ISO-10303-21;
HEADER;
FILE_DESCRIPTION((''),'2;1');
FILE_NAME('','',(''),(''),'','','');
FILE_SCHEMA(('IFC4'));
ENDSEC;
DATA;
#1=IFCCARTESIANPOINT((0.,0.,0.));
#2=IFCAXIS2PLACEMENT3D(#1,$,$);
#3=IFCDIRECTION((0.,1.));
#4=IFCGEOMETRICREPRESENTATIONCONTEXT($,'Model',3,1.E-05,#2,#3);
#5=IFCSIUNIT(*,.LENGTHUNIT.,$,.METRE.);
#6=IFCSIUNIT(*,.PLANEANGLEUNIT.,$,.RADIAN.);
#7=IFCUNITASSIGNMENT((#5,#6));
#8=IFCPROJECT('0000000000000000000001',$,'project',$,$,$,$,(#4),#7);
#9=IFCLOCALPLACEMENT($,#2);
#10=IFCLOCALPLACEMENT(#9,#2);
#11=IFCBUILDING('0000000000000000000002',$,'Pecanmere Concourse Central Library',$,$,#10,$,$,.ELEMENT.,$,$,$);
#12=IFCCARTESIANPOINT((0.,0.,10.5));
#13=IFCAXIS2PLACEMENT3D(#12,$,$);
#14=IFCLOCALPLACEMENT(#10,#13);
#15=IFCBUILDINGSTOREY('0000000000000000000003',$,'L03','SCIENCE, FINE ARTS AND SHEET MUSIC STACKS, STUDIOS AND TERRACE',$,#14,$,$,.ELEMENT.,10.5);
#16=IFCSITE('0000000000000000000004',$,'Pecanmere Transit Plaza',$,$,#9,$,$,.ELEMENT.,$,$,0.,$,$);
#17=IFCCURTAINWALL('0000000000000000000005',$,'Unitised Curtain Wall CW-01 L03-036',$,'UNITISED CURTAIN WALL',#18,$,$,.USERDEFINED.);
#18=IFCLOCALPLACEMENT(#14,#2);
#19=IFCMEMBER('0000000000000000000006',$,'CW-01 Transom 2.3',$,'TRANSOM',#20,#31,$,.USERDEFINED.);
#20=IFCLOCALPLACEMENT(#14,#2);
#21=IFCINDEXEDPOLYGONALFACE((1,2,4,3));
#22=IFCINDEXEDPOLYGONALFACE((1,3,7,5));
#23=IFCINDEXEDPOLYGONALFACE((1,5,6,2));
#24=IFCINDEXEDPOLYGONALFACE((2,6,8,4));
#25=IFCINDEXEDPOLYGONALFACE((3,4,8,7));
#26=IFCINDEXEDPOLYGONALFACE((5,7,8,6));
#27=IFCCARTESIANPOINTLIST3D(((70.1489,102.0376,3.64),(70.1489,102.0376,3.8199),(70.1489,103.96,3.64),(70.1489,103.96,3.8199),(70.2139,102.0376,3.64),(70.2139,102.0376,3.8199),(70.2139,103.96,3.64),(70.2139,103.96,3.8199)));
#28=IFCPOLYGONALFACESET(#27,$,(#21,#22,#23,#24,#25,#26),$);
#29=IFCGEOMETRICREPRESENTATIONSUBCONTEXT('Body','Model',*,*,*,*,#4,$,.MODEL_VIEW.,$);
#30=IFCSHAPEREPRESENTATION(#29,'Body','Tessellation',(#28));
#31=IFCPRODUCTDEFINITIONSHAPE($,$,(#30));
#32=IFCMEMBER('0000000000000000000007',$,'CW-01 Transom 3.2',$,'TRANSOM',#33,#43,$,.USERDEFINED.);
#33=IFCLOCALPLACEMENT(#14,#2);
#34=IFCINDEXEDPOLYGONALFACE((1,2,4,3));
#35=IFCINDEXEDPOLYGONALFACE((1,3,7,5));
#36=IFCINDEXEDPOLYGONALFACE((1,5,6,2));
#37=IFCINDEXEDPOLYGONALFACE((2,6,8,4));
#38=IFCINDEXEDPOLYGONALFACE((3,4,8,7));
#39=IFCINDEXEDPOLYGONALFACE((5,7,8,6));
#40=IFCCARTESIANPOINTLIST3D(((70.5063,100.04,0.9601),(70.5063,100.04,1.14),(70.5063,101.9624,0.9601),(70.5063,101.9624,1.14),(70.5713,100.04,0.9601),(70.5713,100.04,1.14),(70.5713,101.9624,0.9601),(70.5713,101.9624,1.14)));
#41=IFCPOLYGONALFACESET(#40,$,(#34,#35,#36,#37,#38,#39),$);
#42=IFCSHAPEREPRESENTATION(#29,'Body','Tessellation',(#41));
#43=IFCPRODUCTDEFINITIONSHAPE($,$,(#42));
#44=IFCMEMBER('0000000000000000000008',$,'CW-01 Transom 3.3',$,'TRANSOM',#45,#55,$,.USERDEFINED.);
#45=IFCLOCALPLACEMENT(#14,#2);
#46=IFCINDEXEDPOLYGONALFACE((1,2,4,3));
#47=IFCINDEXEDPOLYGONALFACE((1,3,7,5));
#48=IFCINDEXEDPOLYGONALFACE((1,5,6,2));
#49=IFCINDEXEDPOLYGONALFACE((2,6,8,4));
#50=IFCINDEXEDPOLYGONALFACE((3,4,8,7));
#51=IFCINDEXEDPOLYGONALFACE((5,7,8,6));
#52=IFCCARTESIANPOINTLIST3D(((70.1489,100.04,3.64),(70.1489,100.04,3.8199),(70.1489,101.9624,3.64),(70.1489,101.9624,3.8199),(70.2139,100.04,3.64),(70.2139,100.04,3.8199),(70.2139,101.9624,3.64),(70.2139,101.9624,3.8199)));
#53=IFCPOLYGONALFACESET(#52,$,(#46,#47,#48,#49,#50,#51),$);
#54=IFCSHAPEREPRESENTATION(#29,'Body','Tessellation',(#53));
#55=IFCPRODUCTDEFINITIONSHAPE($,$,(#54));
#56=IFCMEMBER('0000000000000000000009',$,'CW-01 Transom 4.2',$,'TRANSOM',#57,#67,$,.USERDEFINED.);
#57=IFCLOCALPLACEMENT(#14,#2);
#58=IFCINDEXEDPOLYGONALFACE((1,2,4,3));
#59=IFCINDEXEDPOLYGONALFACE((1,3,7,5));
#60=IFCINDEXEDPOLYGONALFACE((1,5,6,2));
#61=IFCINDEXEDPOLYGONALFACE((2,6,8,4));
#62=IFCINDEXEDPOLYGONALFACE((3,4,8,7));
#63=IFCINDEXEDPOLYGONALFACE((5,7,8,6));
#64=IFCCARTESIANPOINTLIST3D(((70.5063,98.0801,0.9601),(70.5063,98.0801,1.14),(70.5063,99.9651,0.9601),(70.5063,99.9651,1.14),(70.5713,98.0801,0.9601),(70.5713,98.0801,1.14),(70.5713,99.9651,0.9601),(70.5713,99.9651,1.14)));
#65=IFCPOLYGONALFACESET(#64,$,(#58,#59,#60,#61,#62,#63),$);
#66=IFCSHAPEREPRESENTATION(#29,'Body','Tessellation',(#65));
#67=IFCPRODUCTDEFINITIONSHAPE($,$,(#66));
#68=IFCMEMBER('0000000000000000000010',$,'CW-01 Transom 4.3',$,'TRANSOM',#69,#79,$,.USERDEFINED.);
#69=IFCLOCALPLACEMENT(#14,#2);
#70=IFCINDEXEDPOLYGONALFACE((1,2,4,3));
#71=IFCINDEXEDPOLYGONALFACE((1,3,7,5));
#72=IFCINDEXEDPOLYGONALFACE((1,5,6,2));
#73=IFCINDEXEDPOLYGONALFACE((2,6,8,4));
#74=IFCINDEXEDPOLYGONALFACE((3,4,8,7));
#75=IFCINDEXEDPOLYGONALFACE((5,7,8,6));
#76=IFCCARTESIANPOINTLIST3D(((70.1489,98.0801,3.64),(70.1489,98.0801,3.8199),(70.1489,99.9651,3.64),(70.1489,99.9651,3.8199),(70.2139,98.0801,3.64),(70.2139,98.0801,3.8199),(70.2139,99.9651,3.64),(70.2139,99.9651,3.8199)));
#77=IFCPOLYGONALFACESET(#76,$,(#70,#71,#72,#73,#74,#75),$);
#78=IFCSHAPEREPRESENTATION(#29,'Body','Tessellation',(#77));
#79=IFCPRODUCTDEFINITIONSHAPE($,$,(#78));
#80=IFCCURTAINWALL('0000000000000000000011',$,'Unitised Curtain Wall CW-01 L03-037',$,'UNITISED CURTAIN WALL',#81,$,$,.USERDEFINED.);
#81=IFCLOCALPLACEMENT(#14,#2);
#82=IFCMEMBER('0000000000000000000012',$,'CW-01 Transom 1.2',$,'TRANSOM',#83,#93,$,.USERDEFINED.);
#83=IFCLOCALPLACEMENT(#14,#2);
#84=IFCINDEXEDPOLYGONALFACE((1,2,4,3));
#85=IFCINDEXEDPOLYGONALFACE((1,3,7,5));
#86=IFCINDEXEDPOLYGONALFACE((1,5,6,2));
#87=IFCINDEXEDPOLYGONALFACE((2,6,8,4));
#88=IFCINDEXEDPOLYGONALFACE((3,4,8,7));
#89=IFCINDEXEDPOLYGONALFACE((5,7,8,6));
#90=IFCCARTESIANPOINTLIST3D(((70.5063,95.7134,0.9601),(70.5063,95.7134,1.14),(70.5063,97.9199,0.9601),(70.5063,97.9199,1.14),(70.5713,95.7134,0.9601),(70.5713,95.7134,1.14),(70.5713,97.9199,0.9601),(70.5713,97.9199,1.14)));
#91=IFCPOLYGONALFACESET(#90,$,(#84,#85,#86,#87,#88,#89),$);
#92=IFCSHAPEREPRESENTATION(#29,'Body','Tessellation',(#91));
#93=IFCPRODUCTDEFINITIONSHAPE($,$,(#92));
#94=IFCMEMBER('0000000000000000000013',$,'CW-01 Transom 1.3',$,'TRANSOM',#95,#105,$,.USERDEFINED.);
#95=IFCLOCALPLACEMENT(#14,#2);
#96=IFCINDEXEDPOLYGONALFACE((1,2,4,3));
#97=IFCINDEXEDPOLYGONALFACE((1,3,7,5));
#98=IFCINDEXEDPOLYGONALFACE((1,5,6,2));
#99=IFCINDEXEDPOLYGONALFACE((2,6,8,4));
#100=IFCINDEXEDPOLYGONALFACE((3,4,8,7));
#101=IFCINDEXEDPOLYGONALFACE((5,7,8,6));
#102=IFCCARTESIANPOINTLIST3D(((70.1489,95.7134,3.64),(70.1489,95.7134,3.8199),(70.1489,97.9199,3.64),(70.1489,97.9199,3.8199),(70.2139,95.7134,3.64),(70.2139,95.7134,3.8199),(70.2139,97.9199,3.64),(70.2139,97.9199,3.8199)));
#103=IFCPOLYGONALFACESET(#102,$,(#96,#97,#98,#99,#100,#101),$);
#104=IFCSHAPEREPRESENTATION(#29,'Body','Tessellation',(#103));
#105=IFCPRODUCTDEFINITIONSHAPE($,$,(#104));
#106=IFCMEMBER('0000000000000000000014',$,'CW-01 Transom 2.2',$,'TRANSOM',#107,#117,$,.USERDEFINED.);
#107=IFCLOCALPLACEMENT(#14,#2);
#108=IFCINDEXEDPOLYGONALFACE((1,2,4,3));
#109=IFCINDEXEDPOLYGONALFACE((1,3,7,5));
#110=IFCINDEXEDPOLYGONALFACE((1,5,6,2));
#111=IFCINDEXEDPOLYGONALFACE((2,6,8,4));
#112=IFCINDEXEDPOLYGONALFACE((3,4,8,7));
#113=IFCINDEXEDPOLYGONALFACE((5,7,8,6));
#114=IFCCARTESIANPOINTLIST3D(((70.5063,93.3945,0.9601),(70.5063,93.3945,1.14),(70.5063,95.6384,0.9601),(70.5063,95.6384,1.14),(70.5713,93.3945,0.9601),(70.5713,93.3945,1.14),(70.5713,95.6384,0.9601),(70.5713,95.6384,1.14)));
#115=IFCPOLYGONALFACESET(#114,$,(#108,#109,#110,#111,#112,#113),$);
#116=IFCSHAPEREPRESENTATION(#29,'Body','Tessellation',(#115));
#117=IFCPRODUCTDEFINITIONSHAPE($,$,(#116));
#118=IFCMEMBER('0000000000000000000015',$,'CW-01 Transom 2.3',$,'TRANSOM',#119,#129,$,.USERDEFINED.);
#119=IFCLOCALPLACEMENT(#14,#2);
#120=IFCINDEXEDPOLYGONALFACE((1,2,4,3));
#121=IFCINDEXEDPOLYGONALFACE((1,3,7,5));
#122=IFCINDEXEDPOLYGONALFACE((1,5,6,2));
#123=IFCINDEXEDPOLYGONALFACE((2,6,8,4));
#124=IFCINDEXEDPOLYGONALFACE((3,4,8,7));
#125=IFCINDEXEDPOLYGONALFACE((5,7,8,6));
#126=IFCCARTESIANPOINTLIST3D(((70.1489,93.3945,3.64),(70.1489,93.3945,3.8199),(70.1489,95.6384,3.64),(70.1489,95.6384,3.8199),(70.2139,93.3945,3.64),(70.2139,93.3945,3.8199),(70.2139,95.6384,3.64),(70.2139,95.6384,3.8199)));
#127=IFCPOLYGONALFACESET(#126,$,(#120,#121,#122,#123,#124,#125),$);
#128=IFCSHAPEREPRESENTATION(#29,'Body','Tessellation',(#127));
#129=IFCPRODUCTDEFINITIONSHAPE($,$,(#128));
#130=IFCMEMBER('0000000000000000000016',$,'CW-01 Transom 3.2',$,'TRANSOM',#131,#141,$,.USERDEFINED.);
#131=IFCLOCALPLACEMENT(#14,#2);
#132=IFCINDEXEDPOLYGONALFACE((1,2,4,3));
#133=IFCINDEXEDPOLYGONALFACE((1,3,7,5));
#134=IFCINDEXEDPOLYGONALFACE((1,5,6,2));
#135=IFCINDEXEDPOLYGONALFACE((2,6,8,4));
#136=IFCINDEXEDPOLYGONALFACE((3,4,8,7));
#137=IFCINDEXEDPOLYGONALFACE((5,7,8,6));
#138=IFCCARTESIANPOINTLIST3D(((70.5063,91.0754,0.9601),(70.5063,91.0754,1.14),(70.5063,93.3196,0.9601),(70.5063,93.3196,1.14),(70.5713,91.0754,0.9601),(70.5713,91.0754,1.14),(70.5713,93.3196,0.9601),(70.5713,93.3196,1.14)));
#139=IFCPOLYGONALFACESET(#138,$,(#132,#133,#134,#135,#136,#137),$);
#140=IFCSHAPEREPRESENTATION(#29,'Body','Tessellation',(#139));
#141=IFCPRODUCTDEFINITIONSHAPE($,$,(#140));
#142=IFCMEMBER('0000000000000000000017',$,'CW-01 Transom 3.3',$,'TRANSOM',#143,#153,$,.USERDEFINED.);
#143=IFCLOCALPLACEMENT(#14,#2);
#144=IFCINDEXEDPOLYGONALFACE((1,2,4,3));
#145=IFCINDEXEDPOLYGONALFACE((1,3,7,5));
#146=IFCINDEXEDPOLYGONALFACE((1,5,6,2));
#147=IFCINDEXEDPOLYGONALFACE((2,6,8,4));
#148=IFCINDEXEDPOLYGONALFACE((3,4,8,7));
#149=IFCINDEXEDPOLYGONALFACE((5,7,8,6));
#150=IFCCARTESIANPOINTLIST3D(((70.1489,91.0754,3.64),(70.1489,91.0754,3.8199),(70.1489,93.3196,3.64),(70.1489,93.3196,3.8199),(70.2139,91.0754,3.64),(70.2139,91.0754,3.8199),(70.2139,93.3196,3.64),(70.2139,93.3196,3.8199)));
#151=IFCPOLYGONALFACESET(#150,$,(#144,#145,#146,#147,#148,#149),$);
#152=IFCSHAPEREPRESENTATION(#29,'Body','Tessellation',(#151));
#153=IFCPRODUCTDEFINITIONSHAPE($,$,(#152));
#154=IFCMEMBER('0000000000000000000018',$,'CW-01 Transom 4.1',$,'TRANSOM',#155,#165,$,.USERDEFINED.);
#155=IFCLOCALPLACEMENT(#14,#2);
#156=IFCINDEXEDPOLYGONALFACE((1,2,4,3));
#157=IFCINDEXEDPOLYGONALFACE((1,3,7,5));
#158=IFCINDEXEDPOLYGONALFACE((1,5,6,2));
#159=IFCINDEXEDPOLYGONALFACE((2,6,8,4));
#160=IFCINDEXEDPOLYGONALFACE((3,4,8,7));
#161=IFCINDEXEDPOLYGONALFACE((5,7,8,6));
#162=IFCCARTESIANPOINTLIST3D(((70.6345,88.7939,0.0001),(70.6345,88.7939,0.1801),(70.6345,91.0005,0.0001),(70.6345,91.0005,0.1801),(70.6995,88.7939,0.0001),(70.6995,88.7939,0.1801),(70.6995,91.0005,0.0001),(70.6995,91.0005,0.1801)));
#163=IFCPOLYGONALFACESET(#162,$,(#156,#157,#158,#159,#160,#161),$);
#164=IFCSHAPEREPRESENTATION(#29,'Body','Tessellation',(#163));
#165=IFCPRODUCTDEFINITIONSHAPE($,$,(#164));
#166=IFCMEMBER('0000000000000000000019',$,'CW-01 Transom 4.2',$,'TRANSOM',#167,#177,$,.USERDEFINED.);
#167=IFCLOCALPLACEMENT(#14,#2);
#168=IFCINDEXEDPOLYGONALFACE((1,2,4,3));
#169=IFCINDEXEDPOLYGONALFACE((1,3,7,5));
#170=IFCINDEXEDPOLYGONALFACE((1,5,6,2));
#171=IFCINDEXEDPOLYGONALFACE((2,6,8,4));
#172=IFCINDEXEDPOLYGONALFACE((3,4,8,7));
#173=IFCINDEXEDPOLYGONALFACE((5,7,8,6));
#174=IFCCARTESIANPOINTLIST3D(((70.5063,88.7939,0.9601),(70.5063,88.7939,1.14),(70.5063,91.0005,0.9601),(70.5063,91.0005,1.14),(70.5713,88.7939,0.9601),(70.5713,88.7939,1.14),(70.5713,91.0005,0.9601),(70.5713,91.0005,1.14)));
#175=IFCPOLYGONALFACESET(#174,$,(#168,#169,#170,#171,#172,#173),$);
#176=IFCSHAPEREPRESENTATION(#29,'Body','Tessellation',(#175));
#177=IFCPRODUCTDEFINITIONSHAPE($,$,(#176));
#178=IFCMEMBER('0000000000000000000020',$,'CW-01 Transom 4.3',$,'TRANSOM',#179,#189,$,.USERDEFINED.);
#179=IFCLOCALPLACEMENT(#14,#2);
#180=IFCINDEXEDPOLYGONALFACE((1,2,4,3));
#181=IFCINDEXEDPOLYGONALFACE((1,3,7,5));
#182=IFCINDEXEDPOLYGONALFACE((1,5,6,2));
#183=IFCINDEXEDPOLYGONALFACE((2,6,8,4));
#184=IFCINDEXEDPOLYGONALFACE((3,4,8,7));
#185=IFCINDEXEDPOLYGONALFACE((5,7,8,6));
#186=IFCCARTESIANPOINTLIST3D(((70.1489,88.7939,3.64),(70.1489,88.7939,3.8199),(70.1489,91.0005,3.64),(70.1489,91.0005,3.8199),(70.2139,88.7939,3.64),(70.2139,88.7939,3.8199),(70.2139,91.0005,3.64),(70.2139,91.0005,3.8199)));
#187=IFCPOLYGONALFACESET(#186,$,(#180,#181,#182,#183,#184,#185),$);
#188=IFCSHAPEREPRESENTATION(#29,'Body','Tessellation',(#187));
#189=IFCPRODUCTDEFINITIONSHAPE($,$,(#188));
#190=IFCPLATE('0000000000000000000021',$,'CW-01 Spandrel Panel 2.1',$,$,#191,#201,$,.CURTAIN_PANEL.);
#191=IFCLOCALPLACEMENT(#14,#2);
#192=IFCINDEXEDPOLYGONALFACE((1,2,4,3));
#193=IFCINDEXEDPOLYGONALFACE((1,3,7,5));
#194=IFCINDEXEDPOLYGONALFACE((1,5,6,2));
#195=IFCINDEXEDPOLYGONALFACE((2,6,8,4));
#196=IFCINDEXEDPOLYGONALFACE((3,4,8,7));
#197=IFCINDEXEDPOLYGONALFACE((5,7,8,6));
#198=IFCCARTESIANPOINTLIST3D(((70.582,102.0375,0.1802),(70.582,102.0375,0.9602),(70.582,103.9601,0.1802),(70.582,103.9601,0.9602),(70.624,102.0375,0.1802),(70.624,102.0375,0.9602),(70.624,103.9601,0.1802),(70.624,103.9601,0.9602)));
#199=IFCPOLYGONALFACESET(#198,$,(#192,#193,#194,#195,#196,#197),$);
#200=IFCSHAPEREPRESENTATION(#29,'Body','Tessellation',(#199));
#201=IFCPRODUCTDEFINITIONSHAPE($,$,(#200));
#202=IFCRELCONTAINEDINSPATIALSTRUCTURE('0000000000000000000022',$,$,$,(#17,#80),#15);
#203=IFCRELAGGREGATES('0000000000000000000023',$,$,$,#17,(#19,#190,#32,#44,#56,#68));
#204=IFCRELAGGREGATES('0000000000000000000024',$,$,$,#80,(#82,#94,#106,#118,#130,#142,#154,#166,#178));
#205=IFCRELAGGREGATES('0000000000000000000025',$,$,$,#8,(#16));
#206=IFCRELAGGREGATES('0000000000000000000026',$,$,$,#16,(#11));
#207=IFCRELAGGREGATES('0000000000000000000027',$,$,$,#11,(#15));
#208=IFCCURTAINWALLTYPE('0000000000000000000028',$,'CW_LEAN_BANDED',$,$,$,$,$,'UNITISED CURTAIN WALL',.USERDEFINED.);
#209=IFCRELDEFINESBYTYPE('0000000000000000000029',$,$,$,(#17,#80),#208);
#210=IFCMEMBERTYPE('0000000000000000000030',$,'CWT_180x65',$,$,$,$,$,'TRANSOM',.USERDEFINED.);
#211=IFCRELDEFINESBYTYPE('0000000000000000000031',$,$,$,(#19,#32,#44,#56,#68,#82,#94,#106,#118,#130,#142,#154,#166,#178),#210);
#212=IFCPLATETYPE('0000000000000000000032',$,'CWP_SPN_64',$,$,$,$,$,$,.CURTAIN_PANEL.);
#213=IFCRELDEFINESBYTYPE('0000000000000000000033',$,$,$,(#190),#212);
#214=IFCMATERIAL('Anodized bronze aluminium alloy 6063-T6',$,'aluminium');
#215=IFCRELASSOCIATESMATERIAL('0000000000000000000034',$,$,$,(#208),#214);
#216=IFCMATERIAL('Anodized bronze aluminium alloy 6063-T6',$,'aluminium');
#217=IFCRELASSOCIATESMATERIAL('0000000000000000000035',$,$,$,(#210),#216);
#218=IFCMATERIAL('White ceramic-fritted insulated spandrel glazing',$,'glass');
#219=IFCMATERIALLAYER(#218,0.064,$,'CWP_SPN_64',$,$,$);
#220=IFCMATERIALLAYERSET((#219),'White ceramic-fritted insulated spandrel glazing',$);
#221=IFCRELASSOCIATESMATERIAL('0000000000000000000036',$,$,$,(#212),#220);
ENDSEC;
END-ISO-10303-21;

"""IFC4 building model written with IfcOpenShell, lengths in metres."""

from ifc_helpers import new_model, si_unit, direction, frame, origin, origin_2d, place, context, subcontext, project, spatial, rectangle, extrude, material, layer, layer_set, material_profile, profile_set, type_object, element, aggregate, save


model = new_model("IFC4")

# Units and contexts
model_context = context("Model", 3, precision=1e-05, world=origin(), true_north=direction((0.0, 1.0)))
body_context = subcontext(model_context, "Body", "Model", "MODEL_VIEW")
ifc_project = project(units=[si_unit("LENGTHUNIT", "METRE"), si_unit("PLANEANGLEUNIT", "RADIAN")], contexts=[model_context])

# Site, building, storey
site_placement = place(None, origin())
site = spatial("IfcSite", under=ifc_project, at=site_placement, Name="Pecanmere Transit Plaza", CompositionType="ELEMENT", RefElevation=0.0)
building_placement = place(site_placement, origin())
building = spatial("IfcBuilding", under=site, at=building_placement, Name="Pecanmere Concourse Central Library", CompositionType="ELEMENT")
storey_placement = place(building_placement, frame((0.0, 0.0, 10.5)))
storey = spatial("IfcBuildingStorey", under=building, at=storey_placement, Name="L03", Description="SCIENCE, FINE ARTS AND SHEET MUSIC STACKS, STUDIOS AND TERRACE", CompositionType="ELEMENT", Elevation=10.5)

# Curtain walls, members
ifc_material_1 = material(Name="Anodized bronze aluminium alloy 6063-T6", Category="aluminium")
curtain_wall_type = type_object("IfcCurtainWallType", Name="CW_LEAN_BANDED", ElementType="UNITISED CURTAIN WALL", PredefinedType="USERDEFINED", material=ifc_material_1)
curtain_wall_1_placement = place(storey_placement, origin())
curtain_wall_1 = element("IfcCurtainWall", 1, at=curtain_wall_1_placement, inside=storey, type_object=curtain_wall_type, Name="Unitised Curtain Wall CW-01 L03-036", ObjectType="UNITISED CURTAIN WALL", PredefinedType="USERDEFINED")
ifc_material_2 = material(Name="Anodized bronze aluminium alloy 6063-T6", Category="aluminium")
ifc_material_profile = material_profile(ifc_material_2, rectangle(XDim=0.0649, YDim=0.1799, at=origin_2d()), Name="AL 65x180")
ifc_profile_set = profile_set([ifc_material_profile], Name="Anodized bronze aluminium alloy 6063-T6")
member_type = type_object("IfcMemberType", Name="CWT_180x65", ElementType="TRANSOM", PredefinedType="USERDEFINED", material=ifc_profile_set)
member_1_placement = place(storey_placement, frame((70.1814, 103.96, 3.73), z_axis=(0.0, -1.0, 0.0), x_axis=(1.0, 0.0, 0.0)))
member_1 = element("IfcMember", 2, at=member_1_placement, type_object=member_type, Name="CW-01 Transom 2.3", ObjectType="TRANSOM", PredefinedType="USERDEFINED", context=body_context, shape_type="SweptSolid", body=[
    extrude(rectangle(XDim=0.0649, YDim=0.1799, at=origin_2d()), origin(), (0.0, 0.0, 1.0), 1.9224),
])
member_2_placement = place(storey_placement, frame((70.5388, 101.9624, 1.05), z_axis=(0.0, -1.0, 0.0), x_axis=(1.0, 0.0, 0.0)))
member_2 = element("IfcMember", 3, at=member_2_placement, type_object=member_type, Name="CW-01 Transom 3.2", ObjectType="TRANSOM", PredefinedType="USERDEFINED", context=body_context, shape_type="SweptSolid", body=[
    extrude(rectangle(XDim=0.0649, YDim=0.1799, at=origin_2d()), origin(), (0.0, 0.0, 1.0), 1.9224),
])
member_3_placement = place(storey_placement, frame((70.1814, 101.9624, 3.73), z_axis=(0.0, -1.0, 0.0), x_axis=(1.0, 0.0, 0.0)))
member_3 = element("IfcMember", 4, at=member_3_placement, type_object=member_type, Name="CW-01 Transom 3.3", ObjectType="TRANSOM", PredefinedType="USERDEFINED", context=body_context, shape_type="SweptSolid", body=[
    extrude(rectangle(XDim=0.0649, YDim=0.1799, at=origin_2d()), origin(), (0.0, 0.0, 1.0), 1.9224),
])
member_4_placement = place(storey_placement, frame((70.5388, 99.9651, 1.05), z_axis=(0.0, -1.0, 0.0), x_axis=(1.0, 0.0, 0.0)))
member_4 = element("IfcMember", 5, at=member_4_placement, type_object=member_type, Name="CW-01 Transom 4.2", ObjectType="TRANSOM", PredefinedType="USERDEFINED", context=body_context, shape_type="SweptSolid", body=[
    extrude(rectangle(XDim=0.0649, YDim=0.1799, at=origin_2d()), origin(), (0.0, 0.0, 1.0), 1.885),
])
member_5_placement = place(storey_placement, frame((70.1814, 99.9651, 3.73), z_axis=(0.0, -1.0, 0.0), x_axis=(1.0, 0.0, 0.0)))
member_5 = element("IfcMember", 6, at=member_5_placement, type_object=member_type, Name="CW-01 Transom 4.3", ObjectType="TRANSOM", PredefinedType="USERDEFINED", context=body_context, shape_type="SweptSolid", body=[
    extrude(rectangle(XDim=0.0649, YDim=0.1799, at=origin_2d()), origin(), (0.0, 0.0, 1.0), 1.885),
])
curtain_wall_2_placement = place(storey_placement, origin())
curtain_wall_2 = element("IfcCurtainWall", 7, at=curtain_wall_2_placement, inside=storey, type_object=curtain_wall_type, Name="Unitised Curtain Wall CW-01 L03-037", ObjectType="UNITISED CURTAIN WALL", PredefinedType="USERDEFINED")
member_6_placement = place(storey_placement, frame((70.5388, 97.9199, 1.05), z_axis=(0.0, -1.0, 0.0), x_axis=(1.0, 0.0, 0.0)))
member_6 = element("IfcMember", 8, at=member_6_placement, type_object=member_type, Name="CW-01 Transom 1.2", ObjectType="TRANSOM", PredefinedType="USERDEFINED", context=body_context, shape_type="SweptSolid", body=[
    extrude(rectangle(XDim=0.0649, YDim=0.1799, at=origin_2d()), origin(), (0.0, 0.0, 1.0), 2.2065),
])
member_7_placement = place(storey_placement, frame((70.1814, 97.9199, 3.73), z_axis=(0.0, -1.0, 0.0), x_axis=(1.0, 0.0, 0.0)))
member_7 = element("IfcMember", 9, at=member_7_placement, type_object=member_type, Name="CW-01 Transom 1.3", ObjectType="TRANSOM", PredefinedType="USERDEFINED", context=body_context, shape_type="SweptSolid", body=[
    extrude(rectangle(XDim=0.0649, YDim=0.1799, at=origin_2d()), origin(), (0.0, 0.0, 1.0), 2.2065),
])
member_8_placement = place(storey_placement, frame((70.5388, 95.6384, 1.05), z_axis=(0.0, -1.0, 0.0), x_axis=(1.0, 0.0, 0.0)))
member_8 = element("IfcMember", 10, at=member_8_placement, type_object=member_type, Name="CW-01 Transom 2.2", ObjectType="TRANSOM", PredefinedType="USERDEFINED", context=body_context, shape_type="SweptSolid", body=[
    extrude(rectangle(XDim=0.0649, YDim=0.1799, at=origin_2d()), origin(), (0.0, 0.0, 1.0), 2.2439),
])
member_9_placement = place(storey_placement, frame((70.1814, 95.6384, 3.73), z_axis=(0.0, -1.0, 0.0), x_axis=(1.0, 0.0, 0.0)))
member_9 = element("IfcMember", 11, at=member_9_placement, type_object=member_type, Name="CW-01 Transom 2.3", ObjectType="TRANSOM", PredefinedType="USERDEFINED", context=body_context, shape_type="SweptSolid", body=[
    extrude(rectangle(XDim=0.0649, YDim=0.1799, at=origin_2d()), origin(), (0.0, 0.0, 1.0), 2.2439),
])
member_10_placement = place(storey_placement, frame((70.5388, 93.3196, 1.05), z_axis=(0.0, -1.0, 0.0), x_axis=(1.0, 0.0, 0.0)))
member_10 = element("IfcMember", 12, at=member_10_placement, type_object=member_type, Name="CW-01 Transom 3.2", ObjectType="TRANSOM", PredefinedType="USERDEFINED", context=body_context, shape_type="SweptSolid", body=[
    extrude(rectangle(XDim=0.0649, YDim=0.1799, at=origin_2d()), origin(), (0.0, 0.0, 1.0), 2.2441),
])
member_11_placement = place(storey_placement, frame((70.1814, 93.3196, 3.73), z_axis=(0.0, -1.0, 0.0), x_axis=(1.0, 0.0, 0.0)))
member_11 = element("IfcMember", 13, at=member_11_placement, type_object=member_type, Name="CW-01 Transom 3.3", ObjectType="TRANSOM", PredefinedType="USERDEFINED", context=body_context, shape_type="SweptSolid", body=[
    extrude(rectangle(XDim=0.0649, YDim=0.1799, at=origin_2d()), origin(), (0.0, 0.0, 1.0), 2.2441),
])
member_12_placement = place(storey_placement, frame((70.667, 91.0005, 0.0901), z_axis=(0.0, -1.0, 0.0), x_axis=(1.0, 0.0, 0.0)))
member_12 = element("IfcMember", 14, at=member_12_placement, type_object=member_type, Name="CW-01 Transom 4.1", ObjectType="TRANSOM", PredefinedType="USERDEFINED", context=body_context, shape_type="SweptSolid", body=[
    extrude(rectangle(XDim=0.0649, YDim=0.1799, at=origin_2d()), origin(), (0.0, 0.0, 1.0), 2.2065),
])
member_13_placement = place(storey_placement, frame((70.5388, 91.0005, 1.05), z_axis=(0.0, -1.0, 0.0), x_axis=(1.0, 0.0, 0.0)))
member_13 = element("IfcMember", 15, at=member_13_placement, type_object=member_type, Name="CW-01 Transom 4.2", ObjectType="TRANSOM", PredefinedType="USERDEFINED", context=body_context, shape_type="SweptSolid", body=[
    extrude(rectangle(XDim=0.0649, YDim=0.1799, at=origin_2d()), origin(), (0.0, 0.0, 1.0), 2.2065),
])
member_14_placement = place(storey_placement, frame((70.1814, 91.0005, 3.73), z_axis=(0.0, -1.0, 0.0), x_axis=(1.0, 0.0, 0.0)))
member_14 = element("IfcMember", 16, at=member_14_placement, type_object=member_type, Name="CW-01 Transom 4.3", ObjectType="TRANSOM", PredefinedType="USERDEFINED", context=body_context, shape_type="SweptSolid", body=[
    extrude(rectangle(XDim=0.0649, YDim=0.1799, at=origin_2d()), origin(), (0.0, 0.0, 1.0), 2.2065),
])

# Plate
ifc_material_3 = material(Name="White ceramic-fritted insulated spandrel glazing", Category="glass")
ifc_layer_1 = layer(ifc_material_3, 0.064, Name="CWP_SPN_64")
ifc_layer_set_1 = layer_set([ifc_layer_1], Name="White ceramic-fritted insulated spandrel glazing")
plate_type_1 = type_object("IfcPlateType", Name="CWP_SPN_64", PredefinedType="CURTAIN_PANEL", material=ifc_layer_set_1)
plate_1_placement = place(storey_placement, frame((70.603, 102.9988, 0.1802), z_axis=(0.0, 0.0, 1.0), x_axis=(0.0, -1.0, 0.0)))
plate_1 = element("IfcPlate", 17, at=plate_1_placement, type_object=plate_type_1, Name="CW-01 Spandrel Panel 2.1", PredefinedType="CURTAIN_PANEL", context=body_context, shape_type="SweptSolid", body=[
    extrude(rectangle(XDim=1.9226, YDim=0.042, at=origin_2d()), origin(), (0.0, 0.0, 1.0), 0.78),
])
aggregate(curtain_wall_1, [member_1, plate_1, member_2, member_3, member_4, member_5])
aggregate(curtain_wall_2, [member_6, member_7, member_8, member_9, member_10, member_11, member_12, member_13, member_14])

save(model, "model.ifc")
